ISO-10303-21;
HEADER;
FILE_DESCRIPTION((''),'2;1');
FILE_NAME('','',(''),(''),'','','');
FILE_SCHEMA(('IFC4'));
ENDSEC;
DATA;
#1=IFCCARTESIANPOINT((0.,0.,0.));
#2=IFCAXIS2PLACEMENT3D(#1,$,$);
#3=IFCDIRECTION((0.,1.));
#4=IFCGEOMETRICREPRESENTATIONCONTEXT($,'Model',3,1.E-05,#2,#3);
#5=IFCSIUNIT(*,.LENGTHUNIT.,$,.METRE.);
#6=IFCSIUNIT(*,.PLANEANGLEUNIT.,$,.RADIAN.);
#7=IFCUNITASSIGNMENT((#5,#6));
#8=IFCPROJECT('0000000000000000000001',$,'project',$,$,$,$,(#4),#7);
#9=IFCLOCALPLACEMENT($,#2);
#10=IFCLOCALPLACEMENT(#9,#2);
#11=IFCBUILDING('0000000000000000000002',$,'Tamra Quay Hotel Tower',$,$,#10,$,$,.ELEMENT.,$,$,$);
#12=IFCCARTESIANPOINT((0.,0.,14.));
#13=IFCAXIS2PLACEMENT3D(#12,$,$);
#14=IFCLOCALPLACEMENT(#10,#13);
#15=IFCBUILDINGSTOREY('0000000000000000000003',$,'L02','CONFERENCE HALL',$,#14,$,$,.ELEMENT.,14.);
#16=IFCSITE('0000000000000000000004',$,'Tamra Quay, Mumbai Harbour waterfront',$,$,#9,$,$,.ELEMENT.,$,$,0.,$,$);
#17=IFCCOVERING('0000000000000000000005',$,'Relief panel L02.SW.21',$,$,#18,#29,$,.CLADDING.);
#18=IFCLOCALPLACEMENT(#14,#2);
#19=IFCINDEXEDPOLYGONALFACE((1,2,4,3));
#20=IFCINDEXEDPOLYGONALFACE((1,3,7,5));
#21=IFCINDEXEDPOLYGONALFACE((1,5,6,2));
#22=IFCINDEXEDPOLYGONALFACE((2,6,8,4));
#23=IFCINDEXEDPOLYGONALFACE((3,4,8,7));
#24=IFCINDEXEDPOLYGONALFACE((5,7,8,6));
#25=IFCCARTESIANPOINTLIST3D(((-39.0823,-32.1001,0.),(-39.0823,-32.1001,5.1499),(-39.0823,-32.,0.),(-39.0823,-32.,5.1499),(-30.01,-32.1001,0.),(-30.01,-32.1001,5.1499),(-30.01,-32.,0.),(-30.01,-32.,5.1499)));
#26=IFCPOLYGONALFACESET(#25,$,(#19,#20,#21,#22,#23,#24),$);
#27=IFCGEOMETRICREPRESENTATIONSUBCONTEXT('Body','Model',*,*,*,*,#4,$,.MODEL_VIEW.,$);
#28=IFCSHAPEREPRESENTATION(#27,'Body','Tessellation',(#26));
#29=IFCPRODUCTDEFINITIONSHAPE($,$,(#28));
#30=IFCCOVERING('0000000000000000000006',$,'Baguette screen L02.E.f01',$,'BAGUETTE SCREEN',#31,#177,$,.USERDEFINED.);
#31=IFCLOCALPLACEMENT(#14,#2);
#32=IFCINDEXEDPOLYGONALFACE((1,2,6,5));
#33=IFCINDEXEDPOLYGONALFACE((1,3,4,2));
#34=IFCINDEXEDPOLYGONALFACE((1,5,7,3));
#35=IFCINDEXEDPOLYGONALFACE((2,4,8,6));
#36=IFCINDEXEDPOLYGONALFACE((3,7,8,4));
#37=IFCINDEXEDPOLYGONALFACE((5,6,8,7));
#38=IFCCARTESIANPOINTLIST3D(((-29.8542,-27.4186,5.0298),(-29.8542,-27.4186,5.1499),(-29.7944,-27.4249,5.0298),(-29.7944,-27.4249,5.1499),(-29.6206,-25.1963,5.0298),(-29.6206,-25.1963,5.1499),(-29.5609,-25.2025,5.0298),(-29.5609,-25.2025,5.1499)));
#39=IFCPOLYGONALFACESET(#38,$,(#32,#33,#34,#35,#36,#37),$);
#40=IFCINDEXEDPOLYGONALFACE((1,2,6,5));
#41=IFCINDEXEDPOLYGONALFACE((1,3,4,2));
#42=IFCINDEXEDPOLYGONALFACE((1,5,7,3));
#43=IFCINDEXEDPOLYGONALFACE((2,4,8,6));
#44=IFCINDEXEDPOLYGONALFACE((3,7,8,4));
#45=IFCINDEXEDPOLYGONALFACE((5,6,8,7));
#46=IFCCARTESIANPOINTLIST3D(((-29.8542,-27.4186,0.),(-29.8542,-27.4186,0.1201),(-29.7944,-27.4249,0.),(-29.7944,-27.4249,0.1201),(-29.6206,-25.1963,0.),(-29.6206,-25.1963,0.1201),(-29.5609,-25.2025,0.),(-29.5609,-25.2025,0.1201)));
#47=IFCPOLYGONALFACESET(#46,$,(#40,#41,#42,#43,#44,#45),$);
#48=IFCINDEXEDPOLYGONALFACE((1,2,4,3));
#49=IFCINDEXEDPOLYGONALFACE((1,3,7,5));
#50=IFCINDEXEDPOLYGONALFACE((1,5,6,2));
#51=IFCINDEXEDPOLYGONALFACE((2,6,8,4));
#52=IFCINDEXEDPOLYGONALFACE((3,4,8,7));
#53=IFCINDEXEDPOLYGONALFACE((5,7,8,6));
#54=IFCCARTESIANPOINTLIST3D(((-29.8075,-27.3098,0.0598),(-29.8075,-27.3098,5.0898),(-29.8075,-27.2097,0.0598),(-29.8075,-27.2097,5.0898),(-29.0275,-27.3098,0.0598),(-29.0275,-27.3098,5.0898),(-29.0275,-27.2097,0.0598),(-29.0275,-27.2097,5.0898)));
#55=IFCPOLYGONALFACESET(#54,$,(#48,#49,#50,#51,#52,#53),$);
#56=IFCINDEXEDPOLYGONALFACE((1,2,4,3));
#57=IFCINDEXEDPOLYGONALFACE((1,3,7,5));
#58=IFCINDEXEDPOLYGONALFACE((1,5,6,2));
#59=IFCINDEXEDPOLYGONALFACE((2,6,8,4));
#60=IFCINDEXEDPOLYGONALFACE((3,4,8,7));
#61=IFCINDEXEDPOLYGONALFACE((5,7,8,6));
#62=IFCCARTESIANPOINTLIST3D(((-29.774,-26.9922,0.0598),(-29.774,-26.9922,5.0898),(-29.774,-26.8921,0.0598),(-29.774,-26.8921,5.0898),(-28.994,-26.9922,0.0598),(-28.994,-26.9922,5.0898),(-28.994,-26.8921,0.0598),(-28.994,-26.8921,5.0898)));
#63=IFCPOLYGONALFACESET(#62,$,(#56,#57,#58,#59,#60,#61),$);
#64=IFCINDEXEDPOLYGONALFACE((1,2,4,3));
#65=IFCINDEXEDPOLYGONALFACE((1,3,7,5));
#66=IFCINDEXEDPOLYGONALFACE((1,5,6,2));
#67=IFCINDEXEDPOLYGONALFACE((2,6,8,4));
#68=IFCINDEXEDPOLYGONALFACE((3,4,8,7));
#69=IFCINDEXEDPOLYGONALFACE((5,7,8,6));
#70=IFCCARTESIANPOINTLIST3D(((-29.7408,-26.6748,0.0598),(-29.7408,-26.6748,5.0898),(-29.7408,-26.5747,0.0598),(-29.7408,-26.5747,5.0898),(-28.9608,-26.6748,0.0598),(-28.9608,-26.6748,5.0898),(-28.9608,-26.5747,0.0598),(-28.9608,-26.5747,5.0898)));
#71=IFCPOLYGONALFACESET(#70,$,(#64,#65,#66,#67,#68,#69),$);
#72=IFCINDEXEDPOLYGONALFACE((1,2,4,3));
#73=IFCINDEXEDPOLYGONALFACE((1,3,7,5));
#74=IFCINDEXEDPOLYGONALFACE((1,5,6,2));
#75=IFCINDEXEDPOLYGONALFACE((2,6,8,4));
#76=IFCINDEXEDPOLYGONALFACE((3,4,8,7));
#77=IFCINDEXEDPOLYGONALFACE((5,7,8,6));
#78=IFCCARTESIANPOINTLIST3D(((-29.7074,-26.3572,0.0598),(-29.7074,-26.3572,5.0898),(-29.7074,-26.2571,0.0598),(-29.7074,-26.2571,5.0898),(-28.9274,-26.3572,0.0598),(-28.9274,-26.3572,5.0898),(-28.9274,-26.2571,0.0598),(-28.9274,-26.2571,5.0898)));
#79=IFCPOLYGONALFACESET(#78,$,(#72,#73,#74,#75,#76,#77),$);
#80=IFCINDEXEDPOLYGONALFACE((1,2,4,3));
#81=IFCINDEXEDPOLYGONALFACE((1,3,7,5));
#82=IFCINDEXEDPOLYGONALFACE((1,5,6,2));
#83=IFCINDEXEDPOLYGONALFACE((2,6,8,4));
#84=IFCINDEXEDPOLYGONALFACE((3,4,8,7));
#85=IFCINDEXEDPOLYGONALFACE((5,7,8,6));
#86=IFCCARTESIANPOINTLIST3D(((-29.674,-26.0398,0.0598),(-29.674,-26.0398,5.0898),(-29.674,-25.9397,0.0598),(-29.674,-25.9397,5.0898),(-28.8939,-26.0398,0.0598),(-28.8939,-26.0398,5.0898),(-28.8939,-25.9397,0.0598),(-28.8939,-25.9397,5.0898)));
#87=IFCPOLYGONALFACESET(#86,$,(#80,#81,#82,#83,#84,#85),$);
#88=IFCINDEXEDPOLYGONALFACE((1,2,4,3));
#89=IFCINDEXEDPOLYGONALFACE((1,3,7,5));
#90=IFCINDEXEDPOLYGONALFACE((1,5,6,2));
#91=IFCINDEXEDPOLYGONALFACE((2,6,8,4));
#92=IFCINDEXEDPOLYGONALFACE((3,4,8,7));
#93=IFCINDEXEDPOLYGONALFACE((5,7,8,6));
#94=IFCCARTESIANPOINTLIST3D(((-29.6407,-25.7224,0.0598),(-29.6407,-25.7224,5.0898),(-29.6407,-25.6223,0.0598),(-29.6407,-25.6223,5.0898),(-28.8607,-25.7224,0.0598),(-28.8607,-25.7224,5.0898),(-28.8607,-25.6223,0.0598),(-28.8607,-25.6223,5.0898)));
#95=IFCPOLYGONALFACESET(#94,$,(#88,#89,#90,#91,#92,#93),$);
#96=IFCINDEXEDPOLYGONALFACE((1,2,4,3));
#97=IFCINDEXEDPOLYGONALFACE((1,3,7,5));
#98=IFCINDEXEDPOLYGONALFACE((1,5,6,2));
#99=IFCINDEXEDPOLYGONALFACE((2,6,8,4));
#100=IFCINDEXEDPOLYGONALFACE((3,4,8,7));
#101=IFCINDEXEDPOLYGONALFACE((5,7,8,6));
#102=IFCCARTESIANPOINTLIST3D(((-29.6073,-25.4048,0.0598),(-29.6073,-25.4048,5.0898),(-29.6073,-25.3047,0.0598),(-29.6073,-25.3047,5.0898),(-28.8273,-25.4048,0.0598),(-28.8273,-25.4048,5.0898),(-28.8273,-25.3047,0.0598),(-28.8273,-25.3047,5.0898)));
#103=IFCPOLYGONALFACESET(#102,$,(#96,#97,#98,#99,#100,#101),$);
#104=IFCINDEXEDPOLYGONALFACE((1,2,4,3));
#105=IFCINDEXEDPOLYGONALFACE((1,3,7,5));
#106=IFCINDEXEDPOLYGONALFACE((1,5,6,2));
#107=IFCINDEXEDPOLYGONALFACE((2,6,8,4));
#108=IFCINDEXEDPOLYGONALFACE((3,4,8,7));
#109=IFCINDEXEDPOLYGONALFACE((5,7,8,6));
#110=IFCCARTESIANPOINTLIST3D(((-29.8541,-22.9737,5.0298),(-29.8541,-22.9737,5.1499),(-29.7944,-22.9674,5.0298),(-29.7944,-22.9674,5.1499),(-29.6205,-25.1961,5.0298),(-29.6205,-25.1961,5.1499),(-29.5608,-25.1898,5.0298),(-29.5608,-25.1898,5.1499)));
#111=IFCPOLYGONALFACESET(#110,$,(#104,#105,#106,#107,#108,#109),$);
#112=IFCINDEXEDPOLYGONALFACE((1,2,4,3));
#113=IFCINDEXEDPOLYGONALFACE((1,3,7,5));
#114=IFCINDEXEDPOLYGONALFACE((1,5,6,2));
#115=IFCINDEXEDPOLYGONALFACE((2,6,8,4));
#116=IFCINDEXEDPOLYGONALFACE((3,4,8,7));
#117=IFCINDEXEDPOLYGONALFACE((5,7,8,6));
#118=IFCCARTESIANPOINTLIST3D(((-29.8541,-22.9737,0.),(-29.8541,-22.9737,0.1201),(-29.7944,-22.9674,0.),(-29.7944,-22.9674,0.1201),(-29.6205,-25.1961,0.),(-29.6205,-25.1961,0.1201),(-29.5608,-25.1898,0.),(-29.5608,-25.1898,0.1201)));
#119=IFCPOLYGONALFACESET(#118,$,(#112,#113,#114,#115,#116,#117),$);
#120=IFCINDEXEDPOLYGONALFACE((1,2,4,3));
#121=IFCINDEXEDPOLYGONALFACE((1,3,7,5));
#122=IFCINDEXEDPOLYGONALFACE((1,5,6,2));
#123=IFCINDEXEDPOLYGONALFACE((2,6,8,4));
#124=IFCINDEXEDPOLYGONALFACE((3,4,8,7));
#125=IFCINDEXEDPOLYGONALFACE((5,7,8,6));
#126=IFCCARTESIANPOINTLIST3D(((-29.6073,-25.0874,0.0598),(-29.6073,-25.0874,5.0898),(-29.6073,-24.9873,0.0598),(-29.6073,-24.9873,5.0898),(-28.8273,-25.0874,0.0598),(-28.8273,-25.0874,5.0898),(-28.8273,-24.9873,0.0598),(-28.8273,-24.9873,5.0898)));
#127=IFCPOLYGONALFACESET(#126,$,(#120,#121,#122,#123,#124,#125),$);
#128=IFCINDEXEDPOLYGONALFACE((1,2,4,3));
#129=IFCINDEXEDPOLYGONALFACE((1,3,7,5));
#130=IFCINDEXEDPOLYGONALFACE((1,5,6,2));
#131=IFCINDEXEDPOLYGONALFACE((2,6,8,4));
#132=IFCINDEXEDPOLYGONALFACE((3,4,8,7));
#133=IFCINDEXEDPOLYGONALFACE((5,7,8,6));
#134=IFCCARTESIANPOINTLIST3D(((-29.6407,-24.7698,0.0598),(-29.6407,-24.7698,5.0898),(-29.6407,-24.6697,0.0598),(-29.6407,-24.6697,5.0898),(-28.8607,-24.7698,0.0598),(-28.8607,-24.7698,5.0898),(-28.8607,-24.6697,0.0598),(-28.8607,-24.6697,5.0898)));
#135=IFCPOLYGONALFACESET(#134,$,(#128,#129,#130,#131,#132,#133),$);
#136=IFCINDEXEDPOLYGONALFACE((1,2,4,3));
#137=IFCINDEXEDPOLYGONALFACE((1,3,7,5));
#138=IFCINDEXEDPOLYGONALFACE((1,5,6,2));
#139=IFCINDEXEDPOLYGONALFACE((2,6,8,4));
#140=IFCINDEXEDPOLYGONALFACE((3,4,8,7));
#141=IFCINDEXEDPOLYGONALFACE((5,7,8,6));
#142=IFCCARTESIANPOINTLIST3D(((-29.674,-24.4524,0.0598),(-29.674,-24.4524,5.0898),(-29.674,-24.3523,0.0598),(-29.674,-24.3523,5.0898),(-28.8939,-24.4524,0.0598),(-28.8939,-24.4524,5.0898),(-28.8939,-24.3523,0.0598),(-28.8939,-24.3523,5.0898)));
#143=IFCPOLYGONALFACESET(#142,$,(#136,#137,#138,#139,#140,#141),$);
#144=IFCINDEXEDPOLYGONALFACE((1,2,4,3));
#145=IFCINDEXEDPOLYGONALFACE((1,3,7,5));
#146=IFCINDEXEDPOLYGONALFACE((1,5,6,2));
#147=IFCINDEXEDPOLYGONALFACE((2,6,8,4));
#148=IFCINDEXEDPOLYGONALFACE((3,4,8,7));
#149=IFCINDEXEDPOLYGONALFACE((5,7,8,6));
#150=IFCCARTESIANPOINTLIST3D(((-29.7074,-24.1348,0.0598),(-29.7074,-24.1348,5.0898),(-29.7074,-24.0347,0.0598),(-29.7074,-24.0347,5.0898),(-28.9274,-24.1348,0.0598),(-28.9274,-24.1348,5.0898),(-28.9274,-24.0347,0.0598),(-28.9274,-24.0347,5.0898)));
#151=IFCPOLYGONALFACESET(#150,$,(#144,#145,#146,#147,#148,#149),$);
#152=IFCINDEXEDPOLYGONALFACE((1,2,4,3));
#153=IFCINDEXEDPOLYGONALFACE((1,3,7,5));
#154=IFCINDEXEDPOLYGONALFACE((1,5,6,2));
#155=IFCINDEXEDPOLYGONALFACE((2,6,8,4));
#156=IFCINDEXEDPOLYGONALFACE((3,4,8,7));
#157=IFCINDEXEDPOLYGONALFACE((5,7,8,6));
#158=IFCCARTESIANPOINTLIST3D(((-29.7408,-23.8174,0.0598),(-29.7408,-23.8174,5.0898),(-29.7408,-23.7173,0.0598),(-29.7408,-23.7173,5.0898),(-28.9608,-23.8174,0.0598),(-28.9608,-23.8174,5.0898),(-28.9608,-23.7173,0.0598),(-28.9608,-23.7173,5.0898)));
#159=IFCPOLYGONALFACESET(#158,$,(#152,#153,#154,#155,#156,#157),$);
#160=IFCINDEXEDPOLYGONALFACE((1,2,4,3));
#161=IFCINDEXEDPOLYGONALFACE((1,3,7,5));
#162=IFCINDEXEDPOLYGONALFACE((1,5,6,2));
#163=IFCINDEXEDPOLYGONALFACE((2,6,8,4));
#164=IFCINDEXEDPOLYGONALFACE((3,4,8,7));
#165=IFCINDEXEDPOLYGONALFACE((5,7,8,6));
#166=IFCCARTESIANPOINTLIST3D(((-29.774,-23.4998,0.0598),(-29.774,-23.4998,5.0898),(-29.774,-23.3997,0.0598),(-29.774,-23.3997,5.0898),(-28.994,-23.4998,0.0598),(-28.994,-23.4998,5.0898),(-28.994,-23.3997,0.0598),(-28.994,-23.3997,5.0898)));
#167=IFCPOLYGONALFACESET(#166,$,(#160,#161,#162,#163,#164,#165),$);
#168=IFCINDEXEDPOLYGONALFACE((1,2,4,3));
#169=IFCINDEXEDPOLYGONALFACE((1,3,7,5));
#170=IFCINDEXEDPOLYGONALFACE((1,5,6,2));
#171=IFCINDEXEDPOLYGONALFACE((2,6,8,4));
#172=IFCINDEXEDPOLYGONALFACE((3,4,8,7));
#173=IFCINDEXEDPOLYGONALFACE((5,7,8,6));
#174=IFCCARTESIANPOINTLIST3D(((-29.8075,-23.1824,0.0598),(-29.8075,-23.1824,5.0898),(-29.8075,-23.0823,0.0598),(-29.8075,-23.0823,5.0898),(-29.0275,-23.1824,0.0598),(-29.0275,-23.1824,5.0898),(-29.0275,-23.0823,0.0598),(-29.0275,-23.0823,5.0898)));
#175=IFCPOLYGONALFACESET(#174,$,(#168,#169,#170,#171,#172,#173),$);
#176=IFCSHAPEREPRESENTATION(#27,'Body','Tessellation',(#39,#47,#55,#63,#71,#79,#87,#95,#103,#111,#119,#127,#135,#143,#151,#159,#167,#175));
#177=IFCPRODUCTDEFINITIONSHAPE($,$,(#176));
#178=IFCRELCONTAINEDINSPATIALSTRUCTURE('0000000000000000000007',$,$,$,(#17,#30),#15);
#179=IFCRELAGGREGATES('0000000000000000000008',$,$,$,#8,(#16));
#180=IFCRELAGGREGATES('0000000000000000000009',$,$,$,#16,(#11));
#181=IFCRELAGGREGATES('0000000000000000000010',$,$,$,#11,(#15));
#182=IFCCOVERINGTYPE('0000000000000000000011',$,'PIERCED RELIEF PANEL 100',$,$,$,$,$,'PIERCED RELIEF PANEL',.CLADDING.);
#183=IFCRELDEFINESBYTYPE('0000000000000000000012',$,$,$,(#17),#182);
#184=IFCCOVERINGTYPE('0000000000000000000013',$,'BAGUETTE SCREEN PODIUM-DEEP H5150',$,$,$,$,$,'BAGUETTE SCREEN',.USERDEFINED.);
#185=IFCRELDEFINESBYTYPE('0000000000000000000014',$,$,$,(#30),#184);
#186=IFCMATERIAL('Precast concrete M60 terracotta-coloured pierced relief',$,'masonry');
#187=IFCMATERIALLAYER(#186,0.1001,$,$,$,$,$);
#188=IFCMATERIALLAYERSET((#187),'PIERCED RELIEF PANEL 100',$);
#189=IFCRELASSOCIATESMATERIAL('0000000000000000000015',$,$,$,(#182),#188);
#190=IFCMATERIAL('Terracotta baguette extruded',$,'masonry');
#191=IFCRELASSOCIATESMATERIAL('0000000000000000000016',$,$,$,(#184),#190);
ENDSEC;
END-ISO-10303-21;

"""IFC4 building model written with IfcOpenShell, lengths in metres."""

from ifc_helpers import new_model, si_unit, direction, frame, frame_2d, origin, origin_2d, place, context, subcontext, project, spatial, rectangle, extrude, source, transform, mapped, material, layer, layer_set, type_object, element, save


model = new_model("IFC4")

# Units and contexts
model_context = context("Model", 3, precision=1e-05, world=origin(), true_north=direction((0.0, 1.0)))
body_context = subcontext(model_context, "Body", "Model", "MODEL_VIEW")
ifc_project = project(units=[si_unit("LENGTHUNIT", "METRE"), si_unit("PLANEANGLEUNIT", "RADIAN")], contexts=[model_context])

# Site, building, storey
site_placement = place(None, origin())
site = spatial("IfcSite", under=ifc_project, at=site_placement, Name="Tamra Quay, Mumbai Harbour waterfront", CompositionType="ELEMENT", RefElevation=0.0)
building_placement = place(site_placement, origin())
building = spatial("IfcBuilding", under=site, at=building_placement, Name="Tamra Quay Hotel Tower", CompositionType="ELEMENT")
storey_placement = place(building_placement, frame((0.0, 0.0, 14.0)))
storey = spatial("IfcBuildingStorey", under=building, at=storey_placement, Name="L02", Description="CONFERENCE HALL", CompositionType="ELEMENT", Elevation=14.0)

# Coverings
ifc_material_1 = material(Name="Precast concrete M60 terracotta-coloured pierced relief", Category="masonry")
ifc_layer_1 = layer(ifc_material_1, 0.1001)
ifc_layer_set_1 = layer_set([ifc_layer_1], Name="PIERCED RELIEF PANEL 100")
covering_type_1 = type_object("IfcCoveringType", Name="PIERCED RELIEF PANEL 100", ElementType="PIERCED RELIEF PANEL", PredefinedType="CLADDING", material=ifc_layer_set_1)
covering_1_placement = place(storey_placement, frame((-34.5461, -32.05, 0.0), z_axis=(0.0, 0.0, 1.0), x_axis=(1.0, 0.0, 0.0)))
element("IfcCovering", 1, at=covering_1_placement, inside=storey, type_object=covering_type_1, Name="Relief panel L02.SW.21", PredefinedType="CLADDING", context=body_context, shape_type="SweptSolid", body=[
    extrude(rectangle(XDim=9.0723, YDim=0.1001, at=origin_2d()), origin(), (0.0, 0.0, 1.0), 5.1499),
])
ifc_material_2 = material(Name="Terracotta baguette extruded", Category="masonry")
covering_type_2 = type_object("IfcCoveringType", Name="BAGUETTE SCREEN PODIUM-DEEP H5150", ElementType="BAGUETTE SCREEN", PredefinedType="USERDEFINED", material=ifc_material_2)
shared_shape_1 = source(origin(), body_context, "Body", "SweptSolid", [
    extrude(rectangle(XDim=2.2346, YDim=0.0601, at=frame_2d((1.1172, 0.03))), frame((-2.2288, -0.0576, -0.1201), z_axis=(0.0, 0.0, 1.0), x_axis=(0.994522, -0.104528, 0.0)), (0.0, 0.0, 1.0), 0.1201),
    extrude(rectangle(XDim=2.2346, YDim=0.0601, at=frame_2d((1.1172, 0.03))), frame((-2.2288, -0.0576, -5.1499), z_axis=(0.0, 0.0, 1.0), x_axis=(0.994522, -0.104528, 0.0)), (0.0, 0.0, 1.0), 0.1201),
    extrude(rectangle(XDim=0.1001, YDim=0.78, at=frame_2d((0.05, 0.3901))), frame((-2.1138, -0.8247, -5.0901)), (0.0, 0.0, 1.0), 5.03),
    extrude(rectangle(XDim=0.1001, YDim=0.78, at=frame_2d((0.05, 0.3901))), frame((-1.7961, -0.8582, -5.0901)), (0.0, 0.0, 1.0), 5.03),
    extrude(rectangle(XDim=0.1001, YDim=0.78, at=frame_2d((0.05, 0.3901))), frame((-1.4788, -0.8914, -5.0901)), (0.0, 0.0, 1.0), 5.03),
    extrude(rectangle(XDim=0.1001, YDim=0.78, at=frame_2d((0.05, 0.3901))), frame((-1.1611, -0.9248, -5.0901)), (0.0, 0.0, 1.0), 5.03),
    extrude(rectangle(XDim=0.1001, YDim=0.78, at=frame_2d((0.05, 0.3901))), frame((-0.8438, -0.9583, -5.0901)), (0.0, 0.0, 1.0), 5.03),
    extrude(rectangle(XDim=0.1001, YDim=0.78, at=frame_2d((0.05, 0.3901))), frame((-0.5264, -0.9915, -5.0901)), (0.0, 0.0, 1.0), 5.03),
    extrude(rectangle(XDim=0.1001, YDim=0.78, at=frame_2d((0.05, 0.3901))), frame((-0.2087, -1.0249, -5.0901)), (0.0, 0.0, 1.0), 5.03),
    extrude(rectangle(XDim=2.2346, YDim=0.0601, at=frame_2d((1.1172, 0.03))), frame((0.0063, -0.2913, -0.1201), z_axis=(0.0, 0.0, 1.0), x_axis=(0.994522, 0.104528, 0.0)), (0.0, 0.0, 1.0), 0.1201),
    extrude(rectangle(XDim=2.2346, YDim=0.0601, at=frame_2d((1.1172, 0.03))), frame((0.0063, -0.2913, -5.1499), z_axis=(0.0, 0.0, 1.0), x_axis=(0.994522, 0.104528, 0.0)), (0.0, 0.0, 1.0), 0.1201),
    extrude(rectangle(XDim=0.1001, YDim=0.78, at=frame_2d((0.05, 0.3901))), frame((0.1086, -1.0249, -5.0901)), (0.0, 0.0, 1.0), 5.03),
    extrude(rectangle(XDim=0.1001, YDim=0.78, at=frame_2d((0.05, 0.3901))), frame((0.4263, -0.9915, -5.0901)), (0.0, 0.0, 1.0), 5.03),
    extrude(rectangle(XDim=0.1001, YDim=0.78, at=frame_2d((0.05, 0.3901))), frame((0.7437, -0.9583, -5.0901)), (0.0, 0.0, 1.0), 5.03),
    extrude(rectangle(XDim=0.1001, YDim=0.78, at=frame_2d((0.05, 0.3901))), frame((1.0613, -0.9248, -5.0901)), (0.0, 0.0, 1.0), 5.03),
    extrude(rectangle(XDim=0.1001, YDim=0.78, at=frame_2d((0.05, 0.3901))), frame((1.3787, -0.8914, -5.0901)), (0.0, 0.0, 1.0), 5.03),
    extrude(rectangle(XDim=0.1001, YDim=0.78, at=frame_2d((0.05, 0.3901))), frame((1.6963, -0.8582, -5.0901)), (0.0, 0.0, 1.0), 5.03),
    extrude(rectangle(XDim=0.1001, YDim=0.78, at=frame_2d((0.05, 0.3901))), frame((2.0137, -0.8247, -5.0901)), (0.0, 0.0, 1.0), 5.03),
])
covering_2_placement = place(storey_placement, frame((-29.8521, -25.196, 5.1499), z_axis=(0.0, 0.0, 1.0), x_axis=(0.0, 1.0, 0.0)))
element("IfcCovering", 2, at=covering_2_placement, inside=storey, type_object=covering_type_2, Name="Baguette screen L02.E.f01", ObjectType="BAGUETTE SCREEN", PredefinedType="USERDEFINED", context=body_context, shape_type="MappedRepresentation", body=[
    mapped(shared_shape_1, transform((0.0, 0.0, 0.0), scale=1.0)),
])

save(model, "model.ifc")
